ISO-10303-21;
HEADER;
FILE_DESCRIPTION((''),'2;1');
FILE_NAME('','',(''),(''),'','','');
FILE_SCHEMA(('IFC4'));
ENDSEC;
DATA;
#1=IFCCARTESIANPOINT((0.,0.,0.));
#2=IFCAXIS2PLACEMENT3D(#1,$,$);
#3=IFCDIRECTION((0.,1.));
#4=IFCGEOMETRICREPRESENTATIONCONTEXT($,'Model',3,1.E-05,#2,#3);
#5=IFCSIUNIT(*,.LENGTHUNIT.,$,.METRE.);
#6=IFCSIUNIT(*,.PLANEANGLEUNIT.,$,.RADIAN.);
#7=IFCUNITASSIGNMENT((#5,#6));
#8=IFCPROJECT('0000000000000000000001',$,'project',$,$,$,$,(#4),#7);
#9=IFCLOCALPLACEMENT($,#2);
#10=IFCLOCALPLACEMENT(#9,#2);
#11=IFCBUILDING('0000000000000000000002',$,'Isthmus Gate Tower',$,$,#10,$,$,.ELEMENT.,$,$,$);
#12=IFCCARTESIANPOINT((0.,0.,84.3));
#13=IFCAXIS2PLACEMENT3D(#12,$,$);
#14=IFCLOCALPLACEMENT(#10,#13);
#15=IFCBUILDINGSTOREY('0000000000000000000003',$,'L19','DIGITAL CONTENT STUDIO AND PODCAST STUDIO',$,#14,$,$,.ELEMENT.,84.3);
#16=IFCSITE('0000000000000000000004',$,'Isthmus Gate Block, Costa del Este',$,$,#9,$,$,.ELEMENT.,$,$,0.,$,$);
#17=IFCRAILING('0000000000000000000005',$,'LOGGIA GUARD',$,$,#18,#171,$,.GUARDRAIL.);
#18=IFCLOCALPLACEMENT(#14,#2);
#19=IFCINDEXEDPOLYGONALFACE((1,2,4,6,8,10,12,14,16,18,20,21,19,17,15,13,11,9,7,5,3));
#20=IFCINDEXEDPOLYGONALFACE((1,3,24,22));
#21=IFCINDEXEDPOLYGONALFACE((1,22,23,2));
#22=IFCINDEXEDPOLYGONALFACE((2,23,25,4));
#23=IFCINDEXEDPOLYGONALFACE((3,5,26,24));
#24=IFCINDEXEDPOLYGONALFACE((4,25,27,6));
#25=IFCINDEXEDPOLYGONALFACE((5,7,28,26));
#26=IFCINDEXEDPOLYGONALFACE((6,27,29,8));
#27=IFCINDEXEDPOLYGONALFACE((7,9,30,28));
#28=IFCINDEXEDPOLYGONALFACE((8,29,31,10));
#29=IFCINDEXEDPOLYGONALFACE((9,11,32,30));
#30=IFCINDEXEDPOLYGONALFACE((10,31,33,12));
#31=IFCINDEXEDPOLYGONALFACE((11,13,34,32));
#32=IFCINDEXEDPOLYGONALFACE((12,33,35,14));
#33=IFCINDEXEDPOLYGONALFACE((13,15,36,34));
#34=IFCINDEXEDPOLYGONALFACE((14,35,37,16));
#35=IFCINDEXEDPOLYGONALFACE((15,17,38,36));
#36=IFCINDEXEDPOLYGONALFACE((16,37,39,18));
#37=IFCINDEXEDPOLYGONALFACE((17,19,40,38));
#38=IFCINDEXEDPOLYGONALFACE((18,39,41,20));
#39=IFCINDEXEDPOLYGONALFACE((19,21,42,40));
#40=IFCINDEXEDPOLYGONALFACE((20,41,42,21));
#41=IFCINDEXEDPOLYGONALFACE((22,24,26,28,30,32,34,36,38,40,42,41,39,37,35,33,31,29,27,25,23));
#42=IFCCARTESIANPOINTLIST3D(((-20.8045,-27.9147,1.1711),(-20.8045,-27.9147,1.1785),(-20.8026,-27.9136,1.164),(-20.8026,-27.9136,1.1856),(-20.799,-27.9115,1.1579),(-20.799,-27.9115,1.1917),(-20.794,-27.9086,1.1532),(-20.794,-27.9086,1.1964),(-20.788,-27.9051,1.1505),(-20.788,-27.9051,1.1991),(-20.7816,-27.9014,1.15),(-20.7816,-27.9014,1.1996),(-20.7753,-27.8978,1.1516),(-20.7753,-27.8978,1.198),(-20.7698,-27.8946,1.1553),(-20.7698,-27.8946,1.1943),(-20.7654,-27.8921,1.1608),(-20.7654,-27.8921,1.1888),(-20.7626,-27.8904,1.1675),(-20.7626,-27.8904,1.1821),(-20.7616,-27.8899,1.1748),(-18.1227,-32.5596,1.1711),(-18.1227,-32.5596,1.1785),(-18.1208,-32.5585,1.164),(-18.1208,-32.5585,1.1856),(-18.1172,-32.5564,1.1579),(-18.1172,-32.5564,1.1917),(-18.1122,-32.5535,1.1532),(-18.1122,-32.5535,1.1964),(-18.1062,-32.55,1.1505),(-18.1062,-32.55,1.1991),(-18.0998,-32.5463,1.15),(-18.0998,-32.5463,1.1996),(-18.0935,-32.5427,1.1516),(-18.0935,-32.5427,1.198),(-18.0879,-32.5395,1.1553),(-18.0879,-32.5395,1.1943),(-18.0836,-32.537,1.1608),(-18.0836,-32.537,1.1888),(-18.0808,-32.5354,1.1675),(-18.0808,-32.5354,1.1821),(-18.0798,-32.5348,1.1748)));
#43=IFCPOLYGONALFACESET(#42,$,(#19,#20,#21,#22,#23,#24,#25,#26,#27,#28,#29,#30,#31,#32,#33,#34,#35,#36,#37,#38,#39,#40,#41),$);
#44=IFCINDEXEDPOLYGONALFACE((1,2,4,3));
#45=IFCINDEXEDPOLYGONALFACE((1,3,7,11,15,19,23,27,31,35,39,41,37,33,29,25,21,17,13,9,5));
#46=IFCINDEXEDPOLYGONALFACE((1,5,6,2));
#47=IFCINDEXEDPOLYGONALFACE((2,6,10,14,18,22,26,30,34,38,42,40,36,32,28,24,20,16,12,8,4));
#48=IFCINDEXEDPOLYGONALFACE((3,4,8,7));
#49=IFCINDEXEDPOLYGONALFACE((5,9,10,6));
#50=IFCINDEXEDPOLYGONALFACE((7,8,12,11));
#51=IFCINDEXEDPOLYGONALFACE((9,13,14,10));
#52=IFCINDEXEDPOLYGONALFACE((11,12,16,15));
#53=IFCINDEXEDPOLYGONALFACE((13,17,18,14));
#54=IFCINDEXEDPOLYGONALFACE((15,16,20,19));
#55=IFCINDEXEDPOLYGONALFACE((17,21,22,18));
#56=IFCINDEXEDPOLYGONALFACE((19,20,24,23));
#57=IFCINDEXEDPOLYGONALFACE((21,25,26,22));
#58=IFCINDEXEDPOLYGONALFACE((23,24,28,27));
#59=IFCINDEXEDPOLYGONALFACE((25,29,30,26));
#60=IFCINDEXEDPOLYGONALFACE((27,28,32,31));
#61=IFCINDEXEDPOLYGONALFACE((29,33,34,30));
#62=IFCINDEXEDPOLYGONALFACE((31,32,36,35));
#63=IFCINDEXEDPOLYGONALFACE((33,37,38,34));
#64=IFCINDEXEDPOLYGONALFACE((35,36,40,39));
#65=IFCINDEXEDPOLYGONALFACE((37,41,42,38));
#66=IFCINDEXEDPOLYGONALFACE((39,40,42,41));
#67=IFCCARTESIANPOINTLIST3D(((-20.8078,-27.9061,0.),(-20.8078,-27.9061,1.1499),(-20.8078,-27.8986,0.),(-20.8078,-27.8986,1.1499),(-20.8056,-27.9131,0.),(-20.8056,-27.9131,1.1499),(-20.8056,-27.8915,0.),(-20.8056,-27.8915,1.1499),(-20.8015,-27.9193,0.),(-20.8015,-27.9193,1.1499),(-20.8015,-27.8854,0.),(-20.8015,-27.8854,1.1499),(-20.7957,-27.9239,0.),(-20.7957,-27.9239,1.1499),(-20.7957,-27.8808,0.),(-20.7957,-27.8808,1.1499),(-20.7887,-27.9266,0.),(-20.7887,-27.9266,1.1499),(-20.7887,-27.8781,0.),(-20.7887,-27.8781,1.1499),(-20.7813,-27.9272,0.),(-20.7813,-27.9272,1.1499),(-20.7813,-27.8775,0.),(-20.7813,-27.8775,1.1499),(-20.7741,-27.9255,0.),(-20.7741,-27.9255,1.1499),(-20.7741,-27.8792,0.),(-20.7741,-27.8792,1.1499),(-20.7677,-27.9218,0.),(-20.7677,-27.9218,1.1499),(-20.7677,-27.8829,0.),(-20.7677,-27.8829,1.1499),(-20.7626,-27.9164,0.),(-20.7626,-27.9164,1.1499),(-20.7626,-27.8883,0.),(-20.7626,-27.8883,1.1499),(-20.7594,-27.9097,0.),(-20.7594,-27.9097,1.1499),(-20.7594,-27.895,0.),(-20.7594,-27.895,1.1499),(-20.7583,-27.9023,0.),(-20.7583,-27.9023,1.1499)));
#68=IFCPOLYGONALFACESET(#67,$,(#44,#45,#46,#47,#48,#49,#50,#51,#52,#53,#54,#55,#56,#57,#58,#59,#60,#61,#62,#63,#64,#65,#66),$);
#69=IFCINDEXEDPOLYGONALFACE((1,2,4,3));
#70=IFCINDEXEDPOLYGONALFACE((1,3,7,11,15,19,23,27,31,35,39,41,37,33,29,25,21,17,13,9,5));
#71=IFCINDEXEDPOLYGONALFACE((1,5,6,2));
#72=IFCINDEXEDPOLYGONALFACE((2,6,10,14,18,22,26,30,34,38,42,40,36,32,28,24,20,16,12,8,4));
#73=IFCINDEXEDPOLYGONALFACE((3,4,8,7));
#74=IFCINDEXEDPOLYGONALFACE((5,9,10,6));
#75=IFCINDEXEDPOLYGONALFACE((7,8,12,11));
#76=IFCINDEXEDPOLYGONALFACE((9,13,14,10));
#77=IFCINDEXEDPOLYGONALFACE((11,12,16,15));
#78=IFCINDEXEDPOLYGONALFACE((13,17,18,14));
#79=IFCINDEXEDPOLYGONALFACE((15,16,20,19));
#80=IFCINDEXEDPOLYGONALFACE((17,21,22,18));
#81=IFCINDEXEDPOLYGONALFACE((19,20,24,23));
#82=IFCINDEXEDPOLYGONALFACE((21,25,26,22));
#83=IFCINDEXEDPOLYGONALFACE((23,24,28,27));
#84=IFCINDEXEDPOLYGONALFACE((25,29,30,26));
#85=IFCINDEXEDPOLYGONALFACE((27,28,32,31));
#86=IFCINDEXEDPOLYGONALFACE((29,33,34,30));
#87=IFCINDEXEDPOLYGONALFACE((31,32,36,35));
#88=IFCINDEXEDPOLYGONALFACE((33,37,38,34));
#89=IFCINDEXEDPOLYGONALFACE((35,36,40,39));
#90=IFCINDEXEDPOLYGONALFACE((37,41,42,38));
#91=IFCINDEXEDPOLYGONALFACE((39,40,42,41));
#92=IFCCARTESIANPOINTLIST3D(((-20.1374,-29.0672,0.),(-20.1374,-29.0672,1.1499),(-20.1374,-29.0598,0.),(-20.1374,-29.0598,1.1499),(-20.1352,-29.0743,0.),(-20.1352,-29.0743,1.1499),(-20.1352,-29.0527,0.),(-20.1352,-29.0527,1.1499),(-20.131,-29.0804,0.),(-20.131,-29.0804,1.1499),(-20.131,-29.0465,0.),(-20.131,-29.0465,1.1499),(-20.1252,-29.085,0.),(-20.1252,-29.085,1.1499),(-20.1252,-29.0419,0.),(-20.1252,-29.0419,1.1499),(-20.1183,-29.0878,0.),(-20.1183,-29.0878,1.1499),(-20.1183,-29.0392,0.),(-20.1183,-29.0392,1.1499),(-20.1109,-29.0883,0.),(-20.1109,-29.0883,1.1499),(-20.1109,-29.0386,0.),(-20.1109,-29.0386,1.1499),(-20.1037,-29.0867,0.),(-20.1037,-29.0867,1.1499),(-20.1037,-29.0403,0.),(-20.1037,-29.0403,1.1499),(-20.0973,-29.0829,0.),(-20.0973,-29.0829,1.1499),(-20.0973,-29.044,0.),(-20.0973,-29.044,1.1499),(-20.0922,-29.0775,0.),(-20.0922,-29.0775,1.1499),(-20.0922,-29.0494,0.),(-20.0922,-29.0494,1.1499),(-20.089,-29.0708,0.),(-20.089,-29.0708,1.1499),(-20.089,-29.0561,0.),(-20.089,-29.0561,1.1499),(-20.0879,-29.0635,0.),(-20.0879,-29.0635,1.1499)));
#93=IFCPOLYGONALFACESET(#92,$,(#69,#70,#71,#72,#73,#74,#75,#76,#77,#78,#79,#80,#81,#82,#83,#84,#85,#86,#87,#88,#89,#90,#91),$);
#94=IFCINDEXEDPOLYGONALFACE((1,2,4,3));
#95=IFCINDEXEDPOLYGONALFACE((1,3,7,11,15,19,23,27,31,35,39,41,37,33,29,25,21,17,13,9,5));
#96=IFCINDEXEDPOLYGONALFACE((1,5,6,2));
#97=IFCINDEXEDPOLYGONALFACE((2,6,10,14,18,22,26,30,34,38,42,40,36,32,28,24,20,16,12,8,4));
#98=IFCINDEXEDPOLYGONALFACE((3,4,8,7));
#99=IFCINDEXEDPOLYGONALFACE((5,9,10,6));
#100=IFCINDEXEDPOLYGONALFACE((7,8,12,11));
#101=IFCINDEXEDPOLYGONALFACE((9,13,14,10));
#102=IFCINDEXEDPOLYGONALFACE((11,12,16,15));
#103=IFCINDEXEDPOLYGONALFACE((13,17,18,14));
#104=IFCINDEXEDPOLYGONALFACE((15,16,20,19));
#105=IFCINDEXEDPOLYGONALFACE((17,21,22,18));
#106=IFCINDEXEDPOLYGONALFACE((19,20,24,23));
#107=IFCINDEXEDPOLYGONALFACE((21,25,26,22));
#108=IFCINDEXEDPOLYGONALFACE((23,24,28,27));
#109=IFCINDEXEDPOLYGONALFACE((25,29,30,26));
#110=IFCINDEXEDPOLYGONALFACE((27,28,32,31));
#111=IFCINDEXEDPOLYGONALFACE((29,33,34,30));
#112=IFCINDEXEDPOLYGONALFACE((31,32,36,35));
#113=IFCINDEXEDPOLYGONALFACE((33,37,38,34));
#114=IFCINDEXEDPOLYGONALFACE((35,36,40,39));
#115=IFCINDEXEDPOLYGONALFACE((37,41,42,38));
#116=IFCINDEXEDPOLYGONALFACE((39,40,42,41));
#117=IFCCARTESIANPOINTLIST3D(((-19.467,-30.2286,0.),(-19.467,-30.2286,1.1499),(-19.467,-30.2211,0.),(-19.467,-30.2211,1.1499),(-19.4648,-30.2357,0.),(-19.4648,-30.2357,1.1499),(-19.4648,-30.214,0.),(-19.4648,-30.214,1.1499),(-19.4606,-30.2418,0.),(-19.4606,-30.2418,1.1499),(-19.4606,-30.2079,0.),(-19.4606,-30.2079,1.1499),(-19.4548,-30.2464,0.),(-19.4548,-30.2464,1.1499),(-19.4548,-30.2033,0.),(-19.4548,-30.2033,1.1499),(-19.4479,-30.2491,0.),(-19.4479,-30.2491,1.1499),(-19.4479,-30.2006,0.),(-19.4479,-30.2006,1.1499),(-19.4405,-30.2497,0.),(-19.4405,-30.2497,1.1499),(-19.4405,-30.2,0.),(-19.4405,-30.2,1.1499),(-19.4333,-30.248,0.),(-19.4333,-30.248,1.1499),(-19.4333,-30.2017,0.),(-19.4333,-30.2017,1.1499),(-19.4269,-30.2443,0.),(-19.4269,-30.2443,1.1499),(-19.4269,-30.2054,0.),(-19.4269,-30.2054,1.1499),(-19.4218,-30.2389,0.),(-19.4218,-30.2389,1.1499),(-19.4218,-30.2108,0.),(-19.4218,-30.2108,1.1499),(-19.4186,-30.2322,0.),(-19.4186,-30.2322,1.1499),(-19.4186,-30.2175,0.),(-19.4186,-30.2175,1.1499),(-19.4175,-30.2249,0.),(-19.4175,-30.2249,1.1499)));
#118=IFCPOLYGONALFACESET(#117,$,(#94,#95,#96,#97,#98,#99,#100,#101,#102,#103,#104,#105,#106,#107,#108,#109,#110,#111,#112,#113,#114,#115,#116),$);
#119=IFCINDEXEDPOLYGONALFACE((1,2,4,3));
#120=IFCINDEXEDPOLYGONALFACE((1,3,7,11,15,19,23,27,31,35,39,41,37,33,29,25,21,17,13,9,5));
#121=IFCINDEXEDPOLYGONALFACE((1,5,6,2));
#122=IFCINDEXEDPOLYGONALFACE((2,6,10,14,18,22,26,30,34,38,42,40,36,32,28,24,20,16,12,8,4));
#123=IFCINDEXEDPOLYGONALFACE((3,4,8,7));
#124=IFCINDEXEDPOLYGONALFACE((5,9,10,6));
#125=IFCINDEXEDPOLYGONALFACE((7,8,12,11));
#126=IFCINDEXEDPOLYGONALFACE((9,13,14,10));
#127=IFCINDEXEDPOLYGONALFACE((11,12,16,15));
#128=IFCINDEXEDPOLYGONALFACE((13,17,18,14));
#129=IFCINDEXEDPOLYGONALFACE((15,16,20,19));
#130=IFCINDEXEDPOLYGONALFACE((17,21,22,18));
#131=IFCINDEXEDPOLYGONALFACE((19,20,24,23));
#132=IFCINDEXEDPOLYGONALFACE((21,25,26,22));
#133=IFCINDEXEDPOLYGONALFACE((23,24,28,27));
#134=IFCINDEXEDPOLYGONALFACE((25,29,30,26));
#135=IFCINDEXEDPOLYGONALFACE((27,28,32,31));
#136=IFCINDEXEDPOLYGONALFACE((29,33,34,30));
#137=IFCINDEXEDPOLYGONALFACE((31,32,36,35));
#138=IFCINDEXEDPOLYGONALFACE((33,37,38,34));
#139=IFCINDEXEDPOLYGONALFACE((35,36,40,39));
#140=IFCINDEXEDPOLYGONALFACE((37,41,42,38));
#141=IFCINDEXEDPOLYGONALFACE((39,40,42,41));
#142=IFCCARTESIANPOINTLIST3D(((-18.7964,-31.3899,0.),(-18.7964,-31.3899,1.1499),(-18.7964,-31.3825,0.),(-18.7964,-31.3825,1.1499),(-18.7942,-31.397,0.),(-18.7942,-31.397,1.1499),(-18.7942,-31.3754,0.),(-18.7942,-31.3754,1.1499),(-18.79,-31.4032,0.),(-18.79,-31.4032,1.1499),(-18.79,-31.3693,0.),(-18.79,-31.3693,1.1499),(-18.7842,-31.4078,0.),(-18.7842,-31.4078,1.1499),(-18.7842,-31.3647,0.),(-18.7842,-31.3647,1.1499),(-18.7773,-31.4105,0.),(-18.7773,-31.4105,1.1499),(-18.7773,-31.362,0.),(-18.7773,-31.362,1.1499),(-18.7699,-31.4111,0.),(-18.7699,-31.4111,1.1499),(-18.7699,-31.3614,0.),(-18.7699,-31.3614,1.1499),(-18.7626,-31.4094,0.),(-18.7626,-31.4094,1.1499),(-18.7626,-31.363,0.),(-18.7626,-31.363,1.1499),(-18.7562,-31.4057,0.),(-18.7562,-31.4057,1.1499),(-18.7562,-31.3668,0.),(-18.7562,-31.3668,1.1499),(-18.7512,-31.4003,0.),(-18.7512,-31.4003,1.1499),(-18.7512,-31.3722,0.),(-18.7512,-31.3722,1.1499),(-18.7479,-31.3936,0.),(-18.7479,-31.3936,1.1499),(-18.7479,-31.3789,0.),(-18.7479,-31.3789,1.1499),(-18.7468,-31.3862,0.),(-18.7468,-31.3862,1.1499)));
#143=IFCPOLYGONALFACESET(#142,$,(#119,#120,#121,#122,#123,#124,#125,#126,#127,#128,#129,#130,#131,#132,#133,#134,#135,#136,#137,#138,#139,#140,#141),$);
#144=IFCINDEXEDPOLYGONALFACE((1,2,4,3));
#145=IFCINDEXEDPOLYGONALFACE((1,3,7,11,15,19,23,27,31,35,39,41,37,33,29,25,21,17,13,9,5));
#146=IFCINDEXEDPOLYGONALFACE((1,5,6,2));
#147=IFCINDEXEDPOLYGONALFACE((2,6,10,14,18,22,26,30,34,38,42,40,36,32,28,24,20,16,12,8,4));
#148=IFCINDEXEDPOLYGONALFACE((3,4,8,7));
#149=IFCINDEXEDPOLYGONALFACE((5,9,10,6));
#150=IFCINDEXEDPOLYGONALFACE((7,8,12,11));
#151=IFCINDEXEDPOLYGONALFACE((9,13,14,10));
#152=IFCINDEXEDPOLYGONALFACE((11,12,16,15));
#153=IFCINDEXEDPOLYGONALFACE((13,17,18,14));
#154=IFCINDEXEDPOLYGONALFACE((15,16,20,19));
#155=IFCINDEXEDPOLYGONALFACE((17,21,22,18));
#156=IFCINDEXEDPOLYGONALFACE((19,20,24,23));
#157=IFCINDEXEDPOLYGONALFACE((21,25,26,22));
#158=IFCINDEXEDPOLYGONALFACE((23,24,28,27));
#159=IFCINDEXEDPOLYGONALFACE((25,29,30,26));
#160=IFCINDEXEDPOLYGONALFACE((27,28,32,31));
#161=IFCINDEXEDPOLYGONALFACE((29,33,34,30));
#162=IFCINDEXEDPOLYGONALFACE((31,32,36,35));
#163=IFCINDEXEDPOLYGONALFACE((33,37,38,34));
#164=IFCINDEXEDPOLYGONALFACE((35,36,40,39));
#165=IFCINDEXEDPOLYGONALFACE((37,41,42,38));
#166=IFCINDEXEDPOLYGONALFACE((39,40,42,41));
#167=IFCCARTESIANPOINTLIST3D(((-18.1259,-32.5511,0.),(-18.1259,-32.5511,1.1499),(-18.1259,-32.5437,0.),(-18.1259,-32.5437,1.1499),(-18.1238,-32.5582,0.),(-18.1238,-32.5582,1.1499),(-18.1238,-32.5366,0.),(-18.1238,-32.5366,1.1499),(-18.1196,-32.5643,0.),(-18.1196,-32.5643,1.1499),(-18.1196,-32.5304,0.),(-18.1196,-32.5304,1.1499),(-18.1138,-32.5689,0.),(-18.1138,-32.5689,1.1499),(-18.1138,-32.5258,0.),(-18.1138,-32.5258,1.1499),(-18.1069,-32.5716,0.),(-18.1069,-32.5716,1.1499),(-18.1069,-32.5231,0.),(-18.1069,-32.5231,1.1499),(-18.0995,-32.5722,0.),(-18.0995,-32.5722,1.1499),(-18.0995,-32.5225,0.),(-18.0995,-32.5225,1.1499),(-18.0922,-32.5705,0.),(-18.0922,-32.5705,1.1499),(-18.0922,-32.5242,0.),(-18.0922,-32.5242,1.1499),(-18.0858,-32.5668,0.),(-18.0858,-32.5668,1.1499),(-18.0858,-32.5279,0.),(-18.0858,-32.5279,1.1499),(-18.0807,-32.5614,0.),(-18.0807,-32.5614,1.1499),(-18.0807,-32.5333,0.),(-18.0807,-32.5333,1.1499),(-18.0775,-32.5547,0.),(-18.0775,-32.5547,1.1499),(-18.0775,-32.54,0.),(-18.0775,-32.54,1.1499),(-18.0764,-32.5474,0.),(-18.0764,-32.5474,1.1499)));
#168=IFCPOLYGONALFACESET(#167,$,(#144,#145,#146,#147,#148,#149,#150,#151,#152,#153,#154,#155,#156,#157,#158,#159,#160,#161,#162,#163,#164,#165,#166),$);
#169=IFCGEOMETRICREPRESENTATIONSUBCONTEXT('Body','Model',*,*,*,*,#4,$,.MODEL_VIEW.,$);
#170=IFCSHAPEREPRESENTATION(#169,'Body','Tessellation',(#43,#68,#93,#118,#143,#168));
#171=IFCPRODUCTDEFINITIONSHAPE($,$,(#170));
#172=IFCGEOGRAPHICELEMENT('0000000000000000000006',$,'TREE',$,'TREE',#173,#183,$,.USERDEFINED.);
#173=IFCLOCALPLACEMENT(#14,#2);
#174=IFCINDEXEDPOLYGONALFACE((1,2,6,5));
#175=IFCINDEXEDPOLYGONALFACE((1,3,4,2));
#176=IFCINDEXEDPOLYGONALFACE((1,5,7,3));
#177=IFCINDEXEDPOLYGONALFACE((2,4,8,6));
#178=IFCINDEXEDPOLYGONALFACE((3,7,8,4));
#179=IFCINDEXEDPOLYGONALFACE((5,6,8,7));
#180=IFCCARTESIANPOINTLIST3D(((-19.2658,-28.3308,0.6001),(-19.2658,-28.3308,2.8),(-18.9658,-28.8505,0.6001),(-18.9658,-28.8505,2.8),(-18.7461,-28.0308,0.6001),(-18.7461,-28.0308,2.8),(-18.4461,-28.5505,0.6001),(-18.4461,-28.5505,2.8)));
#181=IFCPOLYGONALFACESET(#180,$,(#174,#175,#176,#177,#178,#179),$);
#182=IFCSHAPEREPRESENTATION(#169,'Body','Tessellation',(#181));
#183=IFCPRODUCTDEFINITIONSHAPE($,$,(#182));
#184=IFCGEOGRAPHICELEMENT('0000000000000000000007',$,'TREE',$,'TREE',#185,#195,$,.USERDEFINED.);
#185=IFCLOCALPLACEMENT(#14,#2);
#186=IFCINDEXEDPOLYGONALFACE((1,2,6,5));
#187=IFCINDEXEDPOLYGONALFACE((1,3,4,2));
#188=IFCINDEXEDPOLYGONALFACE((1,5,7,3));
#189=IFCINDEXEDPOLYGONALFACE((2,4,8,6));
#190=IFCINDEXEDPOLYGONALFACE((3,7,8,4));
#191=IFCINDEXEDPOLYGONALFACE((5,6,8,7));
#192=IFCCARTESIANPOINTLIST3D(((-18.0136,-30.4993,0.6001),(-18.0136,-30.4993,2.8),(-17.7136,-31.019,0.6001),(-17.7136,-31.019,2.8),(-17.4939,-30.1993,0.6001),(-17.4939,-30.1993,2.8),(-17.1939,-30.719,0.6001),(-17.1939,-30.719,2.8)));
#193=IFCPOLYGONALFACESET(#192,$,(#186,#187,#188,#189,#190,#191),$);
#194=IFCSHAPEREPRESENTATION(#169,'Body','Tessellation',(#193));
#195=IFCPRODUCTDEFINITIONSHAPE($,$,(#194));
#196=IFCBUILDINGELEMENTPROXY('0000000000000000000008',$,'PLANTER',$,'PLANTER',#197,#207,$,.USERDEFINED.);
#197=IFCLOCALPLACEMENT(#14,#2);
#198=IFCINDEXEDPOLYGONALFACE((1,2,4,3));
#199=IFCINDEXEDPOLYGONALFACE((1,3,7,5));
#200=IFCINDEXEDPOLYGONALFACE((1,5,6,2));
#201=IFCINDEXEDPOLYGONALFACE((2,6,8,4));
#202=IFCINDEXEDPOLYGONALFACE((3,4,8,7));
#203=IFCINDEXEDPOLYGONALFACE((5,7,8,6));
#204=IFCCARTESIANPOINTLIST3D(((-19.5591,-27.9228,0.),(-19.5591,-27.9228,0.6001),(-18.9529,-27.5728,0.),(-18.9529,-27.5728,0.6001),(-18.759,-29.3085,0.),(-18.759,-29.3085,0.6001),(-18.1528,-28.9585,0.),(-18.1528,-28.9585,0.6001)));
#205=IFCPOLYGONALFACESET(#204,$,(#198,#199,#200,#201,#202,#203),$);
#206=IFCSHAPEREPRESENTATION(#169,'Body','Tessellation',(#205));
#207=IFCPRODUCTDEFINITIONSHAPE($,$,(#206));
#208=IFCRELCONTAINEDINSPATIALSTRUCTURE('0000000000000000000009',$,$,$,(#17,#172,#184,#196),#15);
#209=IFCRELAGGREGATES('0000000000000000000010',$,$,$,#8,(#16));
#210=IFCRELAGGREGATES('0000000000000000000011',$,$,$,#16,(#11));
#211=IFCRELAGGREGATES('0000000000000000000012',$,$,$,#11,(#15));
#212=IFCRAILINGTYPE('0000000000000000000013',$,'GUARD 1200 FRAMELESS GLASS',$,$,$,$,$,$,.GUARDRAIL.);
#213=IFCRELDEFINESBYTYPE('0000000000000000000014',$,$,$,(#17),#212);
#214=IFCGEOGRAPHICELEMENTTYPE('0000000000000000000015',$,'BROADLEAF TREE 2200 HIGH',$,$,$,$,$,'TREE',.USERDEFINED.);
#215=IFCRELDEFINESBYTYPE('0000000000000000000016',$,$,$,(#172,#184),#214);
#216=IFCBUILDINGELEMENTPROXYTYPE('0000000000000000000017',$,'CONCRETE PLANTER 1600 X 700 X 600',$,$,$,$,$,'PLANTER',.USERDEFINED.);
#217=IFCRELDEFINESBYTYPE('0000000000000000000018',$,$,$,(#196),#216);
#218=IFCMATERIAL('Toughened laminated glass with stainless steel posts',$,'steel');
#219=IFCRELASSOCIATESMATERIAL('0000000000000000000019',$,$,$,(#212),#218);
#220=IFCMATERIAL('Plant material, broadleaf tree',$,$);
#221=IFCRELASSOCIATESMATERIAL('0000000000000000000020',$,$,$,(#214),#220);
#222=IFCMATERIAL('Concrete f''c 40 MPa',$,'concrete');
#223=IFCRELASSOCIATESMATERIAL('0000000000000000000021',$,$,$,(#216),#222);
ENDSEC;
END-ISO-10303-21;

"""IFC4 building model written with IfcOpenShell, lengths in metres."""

from ifc_helpers import new_model, si_unit, direction, frame, origin, origin_2d, place, context, subcontext, project, spatial, rectangle, circle, extrude, material, type_object, element, save


model = new_model("IFC4")

# Units and contexts
model_context = context("Model", 3, precision=1e-05, world=origin(), true_north=direction((0.0, 1.0)))
body_context = subcontext(model_context, "Body", "Model", "MODEL_VIEW")
ifc_project = project(units=[si_unit("LENGTHUNIT", "METRE"), si_unit("PLANEANGLEUNIT", "RADIAN")], contexts=[model_context])

# Site, building, storey
site_placement = place(None, origin())
site = spatial("IfcSite", under=ifc_project, at=site_placement, Name="Isthmus Gate Block, Costa del Este", CompositionType="ELEMENT", RefElevation=0.0)
building_placement = place(site_placement, origin())
building = spatial("IfcBuilding", under=site, at=building_placement, Name="Isthmus Gate Tower", CompositionType="ELEMENT")
storey_placement = place(building_placement, frame((0.0, 0.0, 84.3)))
storey = spatial("IfcBuildingStorey", under=building, at=storey_placement, Name="L19", Description="DIGITAL CONTENT STUDIO AND PODCAST STUDIO", CompositionType="ELEMENT", Elevation=84.3)

# Railing
ifc_material_1 = material(Name="Toughened laminated glass with stainless steel posts", Category="steel")
railing_type = type_object("IfcRailingType", Name="GUARD 1200 FRAMELESS GLASS", PredefinedType="GUARDRAIL", material=ifc_material_1)
railing_placement = place(storey_placement, frame((-20.7832, -27.9023, 0.0)))
element("IfcRailing", 1, at=railing_placement, inside=storey, type_object=railing_type, Name="LOGGIA GUARD", PredefinedType="GUARDRAIL", context=body_context, shape_type="SweptSolid", body=[
    extrude(circle(Radius=0.0249, at=origin_2d()), frame((0.0, 0.0, 1.1748), z_axis=(0.500011, -0.866019, 0.0), x_axis=(0.866019, 0.500011, 0.0)), (0.0, 0.0, 1.0), 5.3635),
    extrude(circle(Radius=0.0249, at=origin_2d()), origin(), (0.0, 0.0, 1.0), 1.1499),
    extrude(circle(Radius=0.0249, at=origin_2d()), frame((0.6704, -1.1611, 0.0)), (0.0, 0.0, 1.0), 1.1499),
    extrude(circle(Radius=0.0249, at=origin_2d()), frame((1.3408, -2.3225, 0.0)), (0.0, 0.0, 1.0), 1.1499),
    extrude(circle(Radius=0.0249, at=origin_2d()), frame((2.0115, -3.4839, 0.0)), (0.0, 0.0, 1.0), 1.1499),
    extrude(circle(Radius=0.0249, at=origin_2d()), frame((2.6819, -4.645, 0.0)), (0.0, 0.0, 1.0), 1.1499),
])

# Geographic elements
ifc_material_2 = material(Name="Plant material, broadleaf tree")
geographic_element_type = type_object("IfcGeographicElementType", Name="BROADLEAF TREE 2200 HIGH", ElementType="TREE", PredefinedType="USERDEFINED", material=ifc_material_2)
for number, where, z_axis, x_axis, name in (
    (2, (-18.856, -28.4407, 0.6001), (0.0, 0.0, 1.0), (0.5, -0.866025, 0.0), "TREE"),
    (3, (-17.6038, -30.6091, 0.6001), (0.0, 0.0, 1.0), (0.5, -0.866025, 0.0), "TREE"),
):
    element("IfcGeographicElement", number, at=place(storey_placement, frame(where, z_axis=z_axis, x_axis=x_axis)), inside=storey, type_object=geographic_element_type, Name=name, ObjectType="TREE", PredefinedType="USERDEFINED", context=body_context, shape_type="SweptSolid", body=[
        extrude(rectangle(XDim=0.6001, YDim=0.6001, at=origin_2d()), origin(), (0.0, 0.0, 1.0), 2.2),
    ])

# Building element proxy
ifc_material_3 = material(Name="Concrete f'c 40 MPa", Category="concrete")
building_element_proxy_type = type_object("IfcBuildingElementProxyType", Name="CONCRETE PLANTER 1600 X 700 X 600", ElementType="PLANTER", PredefinedType="USERDEFINED", material=ifc_material_3)
for number, where, z_axis, x_axis, name in (
    (4, (-18.856, -28.4407, 0.0), (0.0, 0.0, 1.0), (0.5, -0.866025, 0.0), "PLANTER"),
):
    element("IfcBuildingElementProxy", number, at=place(storey_placement, frame(where, z_axis=z_axis, x_axis=x_axis)), inside=storey, type_object=building_element_proxy_type, Name=name, ObjectType="PLANTER", PredefinedType="USERDEFINED", context=body_context, shape_type="SweptSolid", body=[
        extrude(rectangle(XDim=1.6001, YDim=0.7, at=origin_2d()), origin(), (0.0, 0.0, 1.0), 0.6001),
    ])

save(model, "model.ifc")
